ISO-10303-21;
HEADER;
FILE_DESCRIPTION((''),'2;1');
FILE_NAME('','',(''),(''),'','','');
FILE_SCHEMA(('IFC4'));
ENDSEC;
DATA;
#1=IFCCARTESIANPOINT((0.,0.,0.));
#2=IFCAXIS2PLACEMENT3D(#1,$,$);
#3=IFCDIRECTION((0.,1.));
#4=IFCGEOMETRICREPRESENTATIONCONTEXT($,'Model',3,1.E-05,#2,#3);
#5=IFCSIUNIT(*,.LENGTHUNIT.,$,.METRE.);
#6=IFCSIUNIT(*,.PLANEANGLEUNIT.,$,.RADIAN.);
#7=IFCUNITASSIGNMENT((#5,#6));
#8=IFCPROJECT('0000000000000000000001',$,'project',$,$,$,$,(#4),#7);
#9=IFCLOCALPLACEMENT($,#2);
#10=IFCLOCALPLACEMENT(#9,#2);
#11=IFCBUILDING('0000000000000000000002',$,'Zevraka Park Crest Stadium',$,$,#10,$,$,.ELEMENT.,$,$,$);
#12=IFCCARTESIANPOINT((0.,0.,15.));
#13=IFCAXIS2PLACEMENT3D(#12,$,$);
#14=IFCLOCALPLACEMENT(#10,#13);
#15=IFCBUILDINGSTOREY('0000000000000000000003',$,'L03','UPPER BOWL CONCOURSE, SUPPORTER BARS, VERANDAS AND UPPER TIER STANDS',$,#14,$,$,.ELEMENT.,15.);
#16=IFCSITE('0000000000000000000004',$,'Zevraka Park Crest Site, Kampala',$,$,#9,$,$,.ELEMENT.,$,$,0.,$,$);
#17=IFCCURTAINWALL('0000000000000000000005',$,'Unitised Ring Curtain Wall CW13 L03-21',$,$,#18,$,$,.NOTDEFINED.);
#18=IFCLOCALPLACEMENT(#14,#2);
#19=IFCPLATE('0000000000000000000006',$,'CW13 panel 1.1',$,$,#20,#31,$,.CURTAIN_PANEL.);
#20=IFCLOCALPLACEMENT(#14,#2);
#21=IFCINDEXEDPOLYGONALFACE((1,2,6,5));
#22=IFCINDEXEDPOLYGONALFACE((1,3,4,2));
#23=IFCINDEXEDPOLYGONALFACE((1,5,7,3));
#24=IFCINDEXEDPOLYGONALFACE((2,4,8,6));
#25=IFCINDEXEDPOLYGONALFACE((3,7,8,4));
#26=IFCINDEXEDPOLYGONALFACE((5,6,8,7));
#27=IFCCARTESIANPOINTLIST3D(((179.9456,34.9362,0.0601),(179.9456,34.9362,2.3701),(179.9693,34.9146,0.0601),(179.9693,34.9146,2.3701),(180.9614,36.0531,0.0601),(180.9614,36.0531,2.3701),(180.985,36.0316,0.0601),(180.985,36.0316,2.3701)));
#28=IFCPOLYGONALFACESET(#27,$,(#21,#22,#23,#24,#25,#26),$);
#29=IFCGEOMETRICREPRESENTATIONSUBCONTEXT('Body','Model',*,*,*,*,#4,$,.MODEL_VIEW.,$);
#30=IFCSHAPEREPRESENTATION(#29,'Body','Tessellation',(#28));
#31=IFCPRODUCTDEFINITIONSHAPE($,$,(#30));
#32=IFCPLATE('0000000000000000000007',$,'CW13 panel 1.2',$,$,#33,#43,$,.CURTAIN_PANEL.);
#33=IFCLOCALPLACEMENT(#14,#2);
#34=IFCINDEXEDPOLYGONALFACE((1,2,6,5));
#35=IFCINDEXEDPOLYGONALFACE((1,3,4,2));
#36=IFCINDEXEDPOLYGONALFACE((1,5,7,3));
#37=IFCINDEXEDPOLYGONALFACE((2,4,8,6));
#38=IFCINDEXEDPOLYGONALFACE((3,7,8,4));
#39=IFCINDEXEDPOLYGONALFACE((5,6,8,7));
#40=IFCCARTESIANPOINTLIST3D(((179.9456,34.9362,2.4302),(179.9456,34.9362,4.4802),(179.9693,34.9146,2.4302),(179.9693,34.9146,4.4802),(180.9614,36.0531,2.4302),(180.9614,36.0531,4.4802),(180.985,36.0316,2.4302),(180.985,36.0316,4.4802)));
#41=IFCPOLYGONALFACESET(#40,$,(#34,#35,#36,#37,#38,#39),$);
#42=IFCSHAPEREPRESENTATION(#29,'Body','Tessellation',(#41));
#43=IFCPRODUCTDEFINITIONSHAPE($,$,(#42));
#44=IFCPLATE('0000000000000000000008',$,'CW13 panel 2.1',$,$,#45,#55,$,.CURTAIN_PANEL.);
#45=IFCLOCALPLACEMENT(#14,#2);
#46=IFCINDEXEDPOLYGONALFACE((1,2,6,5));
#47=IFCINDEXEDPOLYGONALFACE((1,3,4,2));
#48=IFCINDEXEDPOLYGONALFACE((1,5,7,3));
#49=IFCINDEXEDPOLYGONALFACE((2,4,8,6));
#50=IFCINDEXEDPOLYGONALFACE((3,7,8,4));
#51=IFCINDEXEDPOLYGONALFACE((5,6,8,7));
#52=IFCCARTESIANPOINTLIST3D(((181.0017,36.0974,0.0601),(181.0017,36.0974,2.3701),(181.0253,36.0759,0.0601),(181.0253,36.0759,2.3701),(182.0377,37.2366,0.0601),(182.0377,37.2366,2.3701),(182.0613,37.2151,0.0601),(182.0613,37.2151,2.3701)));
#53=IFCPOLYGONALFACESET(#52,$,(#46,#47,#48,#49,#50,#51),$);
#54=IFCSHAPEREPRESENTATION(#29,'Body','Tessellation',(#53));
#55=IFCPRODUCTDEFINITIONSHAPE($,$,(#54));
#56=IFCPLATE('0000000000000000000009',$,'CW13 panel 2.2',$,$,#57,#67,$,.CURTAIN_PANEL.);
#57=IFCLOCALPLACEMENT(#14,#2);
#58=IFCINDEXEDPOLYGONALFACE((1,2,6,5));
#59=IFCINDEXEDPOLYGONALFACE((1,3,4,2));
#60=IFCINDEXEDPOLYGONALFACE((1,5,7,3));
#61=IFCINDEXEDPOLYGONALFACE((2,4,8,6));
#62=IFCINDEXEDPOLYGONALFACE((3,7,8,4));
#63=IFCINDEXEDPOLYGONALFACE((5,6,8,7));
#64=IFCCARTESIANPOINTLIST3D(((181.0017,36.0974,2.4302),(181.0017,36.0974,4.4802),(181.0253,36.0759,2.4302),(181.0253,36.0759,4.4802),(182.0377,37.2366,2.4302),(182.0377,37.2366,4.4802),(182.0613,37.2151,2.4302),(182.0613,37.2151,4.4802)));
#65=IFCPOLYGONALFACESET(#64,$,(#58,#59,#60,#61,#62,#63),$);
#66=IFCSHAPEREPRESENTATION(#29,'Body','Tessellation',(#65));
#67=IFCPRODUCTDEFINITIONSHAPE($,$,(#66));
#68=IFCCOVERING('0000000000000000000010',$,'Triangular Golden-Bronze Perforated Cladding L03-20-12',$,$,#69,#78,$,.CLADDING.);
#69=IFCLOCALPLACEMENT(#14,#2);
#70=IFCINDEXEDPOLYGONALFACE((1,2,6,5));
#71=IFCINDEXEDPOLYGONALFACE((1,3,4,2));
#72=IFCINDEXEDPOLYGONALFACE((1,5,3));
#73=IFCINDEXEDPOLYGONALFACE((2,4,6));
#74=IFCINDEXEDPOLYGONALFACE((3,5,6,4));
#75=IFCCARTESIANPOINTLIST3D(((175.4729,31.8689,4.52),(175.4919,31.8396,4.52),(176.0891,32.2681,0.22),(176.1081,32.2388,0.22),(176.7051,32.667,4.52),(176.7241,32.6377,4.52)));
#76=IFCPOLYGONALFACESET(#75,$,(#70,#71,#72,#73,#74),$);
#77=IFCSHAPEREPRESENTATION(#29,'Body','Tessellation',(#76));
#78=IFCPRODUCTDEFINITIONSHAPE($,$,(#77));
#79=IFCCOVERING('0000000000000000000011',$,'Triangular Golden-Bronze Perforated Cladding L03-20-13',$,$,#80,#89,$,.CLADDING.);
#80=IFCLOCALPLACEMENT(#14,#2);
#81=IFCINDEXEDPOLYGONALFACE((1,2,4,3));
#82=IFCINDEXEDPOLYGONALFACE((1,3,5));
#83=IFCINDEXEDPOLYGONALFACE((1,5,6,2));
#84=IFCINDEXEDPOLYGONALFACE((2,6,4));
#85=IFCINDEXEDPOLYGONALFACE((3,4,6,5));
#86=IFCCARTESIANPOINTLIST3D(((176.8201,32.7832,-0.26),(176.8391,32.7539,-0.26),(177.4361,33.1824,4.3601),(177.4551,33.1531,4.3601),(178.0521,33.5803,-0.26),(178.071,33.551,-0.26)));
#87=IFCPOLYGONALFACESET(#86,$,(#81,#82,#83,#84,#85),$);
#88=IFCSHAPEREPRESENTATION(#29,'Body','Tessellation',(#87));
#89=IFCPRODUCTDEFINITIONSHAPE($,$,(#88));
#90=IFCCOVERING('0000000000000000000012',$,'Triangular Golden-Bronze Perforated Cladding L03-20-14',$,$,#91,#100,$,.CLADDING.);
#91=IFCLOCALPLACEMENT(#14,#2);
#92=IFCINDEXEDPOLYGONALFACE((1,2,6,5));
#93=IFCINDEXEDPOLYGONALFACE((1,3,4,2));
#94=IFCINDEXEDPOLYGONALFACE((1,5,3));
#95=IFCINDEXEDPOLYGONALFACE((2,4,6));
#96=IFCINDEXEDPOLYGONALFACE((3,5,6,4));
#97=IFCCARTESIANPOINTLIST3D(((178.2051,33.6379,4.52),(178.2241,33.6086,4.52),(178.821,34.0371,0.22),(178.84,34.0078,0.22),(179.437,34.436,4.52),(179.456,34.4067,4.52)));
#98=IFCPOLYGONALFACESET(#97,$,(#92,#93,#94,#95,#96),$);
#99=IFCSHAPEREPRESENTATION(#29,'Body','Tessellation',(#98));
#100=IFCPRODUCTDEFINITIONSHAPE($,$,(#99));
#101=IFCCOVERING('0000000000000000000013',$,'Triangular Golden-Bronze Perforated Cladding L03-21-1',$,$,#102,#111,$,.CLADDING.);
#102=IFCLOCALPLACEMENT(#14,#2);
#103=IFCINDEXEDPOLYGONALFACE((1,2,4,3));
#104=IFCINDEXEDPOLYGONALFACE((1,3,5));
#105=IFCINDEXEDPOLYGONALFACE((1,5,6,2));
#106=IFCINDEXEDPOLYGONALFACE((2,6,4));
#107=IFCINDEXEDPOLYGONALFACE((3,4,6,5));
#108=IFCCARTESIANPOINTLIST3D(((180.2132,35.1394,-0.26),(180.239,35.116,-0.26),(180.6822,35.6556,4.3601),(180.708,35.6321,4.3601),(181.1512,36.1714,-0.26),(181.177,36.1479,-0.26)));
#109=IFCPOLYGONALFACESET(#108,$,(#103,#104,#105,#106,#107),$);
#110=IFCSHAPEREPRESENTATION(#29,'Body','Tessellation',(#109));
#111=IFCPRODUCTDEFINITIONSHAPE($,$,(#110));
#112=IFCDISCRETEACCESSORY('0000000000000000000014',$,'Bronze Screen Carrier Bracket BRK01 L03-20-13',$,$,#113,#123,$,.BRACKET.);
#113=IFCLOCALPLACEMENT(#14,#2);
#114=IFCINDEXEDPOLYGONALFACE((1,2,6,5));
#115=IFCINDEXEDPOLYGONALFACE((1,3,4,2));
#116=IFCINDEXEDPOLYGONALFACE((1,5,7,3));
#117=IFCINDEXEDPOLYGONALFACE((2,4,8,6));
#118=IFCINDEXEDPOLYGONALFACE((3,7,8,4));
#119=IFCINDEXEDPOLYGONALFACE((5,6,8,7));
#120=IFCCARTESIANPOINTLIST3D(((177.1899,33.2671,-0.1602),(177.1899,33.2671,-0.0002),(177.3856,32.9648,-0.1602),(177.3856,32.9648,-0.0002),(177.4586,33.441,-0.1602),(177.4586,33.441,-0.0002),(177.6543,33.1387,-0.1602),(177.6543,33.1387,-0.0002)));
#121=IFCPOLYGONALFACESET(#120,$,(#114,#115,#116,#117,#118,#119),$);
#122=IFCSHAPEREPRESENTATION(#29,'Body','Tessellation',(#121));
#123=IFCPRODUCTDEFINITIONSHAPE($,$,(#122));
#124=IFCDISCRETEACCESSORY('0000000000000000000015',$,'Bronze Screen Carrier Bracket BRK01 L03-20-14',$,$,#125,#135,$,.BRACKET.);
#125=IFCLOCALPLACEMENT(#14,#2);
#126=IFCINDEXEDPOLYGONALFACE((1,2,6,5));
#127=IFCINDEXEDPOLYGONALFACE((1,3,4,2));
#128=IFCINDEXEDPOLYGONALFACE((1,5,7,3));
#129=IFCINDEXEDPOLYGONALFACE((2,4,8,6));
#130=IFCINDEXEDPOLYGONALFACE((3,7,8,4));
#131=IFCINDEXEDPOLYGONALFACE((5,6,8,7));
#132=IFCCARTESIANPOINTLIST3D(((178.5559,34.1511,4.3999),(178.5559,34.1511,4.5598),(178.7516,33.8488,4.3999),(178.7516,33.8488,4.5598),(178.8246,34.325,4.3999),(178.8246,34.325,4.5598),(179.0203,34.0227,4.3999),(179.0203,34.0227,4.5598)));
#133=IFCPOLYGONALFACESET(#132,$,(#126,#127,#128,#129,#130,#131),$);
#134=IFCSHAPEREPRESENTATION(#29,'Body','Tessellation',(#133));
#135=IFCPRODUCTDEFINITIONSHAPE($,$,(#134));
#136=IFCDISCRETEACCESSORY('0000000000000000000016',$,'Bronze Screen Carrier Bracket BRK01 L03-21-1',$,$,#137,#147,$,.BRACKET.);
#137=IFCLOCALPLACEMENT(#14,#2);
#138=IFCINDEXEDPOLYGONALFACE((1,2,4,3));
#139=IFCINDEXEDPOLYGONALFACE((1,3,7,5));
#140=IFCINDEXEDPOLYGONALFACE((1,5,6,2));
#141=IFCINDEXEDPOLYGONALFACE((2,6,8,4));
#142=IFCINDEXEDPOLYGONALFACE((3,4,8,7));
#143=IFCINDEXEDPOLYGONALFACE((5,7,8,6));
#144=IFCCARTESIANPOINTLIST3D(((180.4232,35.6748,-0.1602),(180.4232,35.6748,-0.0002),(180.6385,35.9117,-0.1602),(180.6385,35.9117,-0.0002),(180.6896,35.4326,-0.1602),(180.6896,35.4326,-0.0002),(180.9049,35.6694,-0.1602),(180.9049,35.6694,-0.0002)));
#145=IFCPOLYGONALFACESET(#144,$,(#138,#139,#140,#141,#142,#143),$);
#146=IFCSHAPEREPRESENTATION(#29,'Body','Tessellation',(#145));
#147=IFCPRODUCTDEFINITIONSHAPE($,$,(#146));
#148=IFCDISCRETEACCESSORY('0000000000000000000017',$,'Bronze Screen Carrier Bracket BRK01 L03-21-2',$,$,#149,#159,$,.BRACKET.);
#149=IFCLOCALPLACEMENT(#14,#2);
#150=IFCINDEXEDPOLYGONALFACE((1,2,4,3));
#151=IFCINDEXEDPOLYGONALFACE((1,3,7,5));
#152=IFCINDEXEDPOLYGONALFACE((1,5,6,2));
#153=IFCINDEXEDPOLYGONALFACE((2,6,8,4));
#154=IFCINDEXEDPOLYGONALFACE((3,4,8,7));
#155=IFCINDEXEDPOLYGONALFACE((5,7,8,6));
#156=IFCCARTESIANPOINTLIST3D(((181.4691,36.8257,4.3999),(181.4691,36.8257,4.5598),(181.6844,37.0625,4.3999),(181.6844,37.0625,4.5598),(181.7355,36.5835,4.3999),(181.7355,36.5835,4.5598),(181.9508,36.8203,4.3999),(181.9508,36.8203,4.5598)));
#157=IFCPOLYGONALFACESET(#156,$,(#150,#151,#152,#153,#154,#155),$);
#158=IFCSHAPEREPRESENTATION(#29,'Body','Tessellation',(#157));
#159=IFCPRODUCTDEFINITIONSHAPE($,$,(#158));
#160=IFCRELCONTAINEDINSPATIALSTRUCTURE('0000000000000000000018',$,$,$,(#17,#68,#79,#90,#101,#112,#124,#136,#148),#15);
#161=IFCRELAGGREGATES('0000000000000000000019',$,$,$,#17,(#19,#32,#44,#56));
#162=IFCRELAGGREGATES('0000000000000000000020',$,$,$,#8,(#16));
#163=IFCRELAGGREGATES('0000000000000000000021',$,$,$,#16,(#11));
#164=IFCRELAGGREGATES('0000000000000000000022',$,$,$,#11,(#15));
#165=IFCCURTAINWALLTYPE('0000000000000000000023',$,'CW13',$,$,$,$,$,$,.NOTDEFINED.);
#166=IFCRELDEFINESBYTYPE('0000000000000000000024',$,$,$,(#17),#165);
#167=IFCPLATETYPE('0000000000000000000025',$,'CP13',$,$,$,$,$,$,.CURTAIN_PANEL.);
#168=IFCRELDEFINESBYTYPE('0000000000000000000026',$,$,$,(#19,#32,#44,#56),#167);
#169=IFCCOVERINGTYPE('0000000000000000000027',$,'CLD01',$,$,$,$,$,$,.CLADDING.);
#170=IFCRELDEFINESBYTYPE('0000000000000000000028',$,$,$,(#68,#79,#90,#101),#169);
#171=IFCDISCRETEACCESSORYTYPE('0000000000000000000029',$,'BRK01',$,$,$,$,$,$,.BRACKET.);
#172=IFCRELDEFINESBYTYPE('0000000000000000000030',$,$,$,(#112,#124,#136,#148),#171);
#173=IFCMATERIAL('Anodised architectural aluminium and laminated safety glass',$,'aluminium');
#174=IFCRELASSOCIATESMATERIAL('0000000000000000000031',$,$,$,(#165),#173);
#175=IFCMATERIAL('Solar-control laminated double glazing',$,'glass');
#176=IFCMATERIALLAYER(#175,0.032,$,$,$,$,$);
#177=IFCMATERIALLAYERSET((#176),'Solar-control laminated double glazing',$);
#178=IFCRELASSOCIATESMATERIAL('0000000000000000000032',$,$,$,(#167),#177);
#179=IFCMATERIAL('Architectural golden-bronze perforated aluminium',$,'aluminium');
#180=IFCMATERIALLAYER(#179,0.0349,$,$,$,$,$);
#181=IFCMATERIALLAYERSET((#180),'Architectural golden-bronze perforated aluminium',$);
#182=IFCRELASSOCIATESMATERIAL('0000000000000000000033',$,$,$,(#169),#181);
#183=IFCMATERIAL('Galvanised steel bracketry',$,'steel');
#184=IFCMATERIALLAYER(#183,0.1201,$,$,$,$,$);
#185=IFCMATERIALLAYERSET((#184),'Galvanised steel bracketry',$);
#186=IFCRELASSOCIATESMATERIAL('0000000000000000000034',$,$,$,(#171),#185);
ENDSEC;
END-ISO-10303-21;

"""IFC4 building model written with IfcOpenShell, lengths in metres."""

from ifc_helpers import new_model, si_unit, direction, frame, origin, origin_2d, place, context, subcontext, project, spatial, polyline, rectangle, outline, extrude, material, layer, layer_set, type_object, element, aggregate, save


model = new_model("IFC4")

# Units and contexts
model_context = context("Model", 3, precision=1e-05, world=origin(), true_north=direction((0.0, 1.0)))
body_context = subcontext(model_context, "Body", "Model", "MODEL_VIEW")
ifc_project = project(units=[si_unit("LENGTHUNIT", "METRE"), si_unit("PLANEANGLEUNIT", "RADIAN")], contexts=[model_context])

# Site, building, storey
site_placement = place(None, origin())
site = spatial("IfcSite", under=ifc_project, at=site_placement, Name="Zevraka Park Crest Site, Kampala", CompositionType="ELEMENT", RefElevation=0.0)
building_placement = place(site_placement, origin())
building = spatial("IfcBuilding", under=site, at=building_placement, Name="Zevraka Park Crest Stadium", CompositionType="ELEMENT")
storey_placement = place(building_placement, frame((0.0, 0.0, 15.0)))
storey = spatial("IfcBuildingStorey", under=building, at=storey_placement, Name="L03", Description="UPPER BOWL CONCOURSE, SUPPORTER BARS, VERANDAS AND UPPER TIER STANDS", CompositionType="ELEMENT", Elevation=15.0)

# Curtain wall
ifc_material_1 = material(Name="Anodised architectural aluminium and laminated safety glass", Category="aluminium")
curtain_wall_type = type_object("IfcCurtainWallType", Name="CW13", PredefinedType="NOTDEFINED", material=ifc_material_1)
curtain_wall_1_placement = place(storey_placement, origin())
curtain_wall_1 = element("IfcCurtainWall", 1, at=curtain_wall_1_placement, inside=storey, type_object=curtain_wall_type, Name="Unitised Ring Curtain Wall CW13 L03-21", PredefinedType="NOTDEFINED")

# Plates
ifc_material_2 = material(Name="Solar-control laminated double glazing", Category="glass")
ifc_layer_1 = layer(ifc_material_2, 0.032)
ifc_layer_set_1 = layer_set([ifc_layer_1], Name="Solar-control laminated double glazing")
plate_type = type_object("IfcPlateType", Name="CP13", PredefinedType="CURTAIN_PANEL", material=ifc_layer_set_1)
plate_1_placement = place(storey_placement, frame((180.4653, 35.4839, 0.0601), z_axis=(0.0, 0.0, 1.0), x_axis=(0.672802, 0.739823, 0.0)))
plate_1 = element("IfcPlate", 2, at=plate_1_placement, type_object=plate_type, Name="CW13 panel 1.1", PredefinedType="CURTAIN_PANEL", context=body_context, shape_type="SweptSolid", body=[
    extrude(rectangle(XDim=1.5098, YDim=0.032, at=origin_2d()), origin(), (0.0, 0.0, 1.0), 2.3101),
])
plate_2_placement = place(storey_placement, frame((180.4653, 35.4839, 2.4302), z_axis=(0.0, 0.0, 1.0), x_axis=(0.672802, 0.739823, 0.0)))
plate_2 = element("IfcPlate", 3, at=plate_2_placement, type_object=plate_type, Name="CW13 panel 1.2", PredefinedType="CURTAIN_PANEL", context=body_context, shape_type="SweptSolid", body=[
    extrude(rectangle(XDim=1.5098, YDim=0.032, at=origin_2d()), origin(), (0.0, 0.0, 1.0), 2.05),
])
plate_3_placement = place(storey_placement, frame((181.5315, 36.6562, 0.0601), z_axis=(0.0, 0.0, 1.0), x_axis=(0.672802, 0.739823, 0.0)))
plate_3 = element("IfcPlate", 4, at=plate_3_placement, type_object=plate_type, Name="CW13 panel 2.1", PredefinedType="CURTAIN_PANEL", context=body_context, shape_type="SweptSolid", body=[
    extrude(rectangle(XDim=1.5398, YDim=0.032, at=origin_2d()), origin(), (0.0, 0.0, 1.0), 2.3101),
])
plate_4_placement = place(storey_placement, frame((181.5315, 36.6562, 2.4302), z_axis=(0.0, 0.0, 1.0), x_axis=(0.672802, 0.739823, 0.0)))
plate_4 = element("IfcPlate", 5, at=plate_4_placement, type_object=plate_type, Name="CW13 panel 2.2", PredefinedType="CURTAIN_PANEL", context=body_context, shape_type="SweptSolid", body=[
    extrude(rectangle(XDim=1.5398, YDim=0.032, at=origin_2d()), origin(), (0.0, 0.0, 1.0), 2.05),
])
aggregate(curtain_wall_1, [plate_1, plate_2, plate_3, plate_4])

# Coverings
ifc_material_3 = material(Name="Architectural golden-bronze perforated aluminium", Category="aluminium")
ifc_layer_2 = layer(ifc_material_3, 0.0349)
ifc_layer_set_2 = layer_set([ifc_layer_2], Name="Architectural golden-bronze perforated aluminium")
covering_type = type_object("IfcCoveringType", Name="CLD01", PredefinedType="CLADDING", material=ifc_layer_set_2)
covering_1_placement = place(storey_placement, frame((176.7051, 32.667, 4.52), z_axis=(-0.543637, 0.83932, 0.000008), x_axis=(-0.83932, -0.543637, 0.0)))
element("IfcCovering", 6, at=covering_1_placement, inside=storey, type_object=covering_type, Name="Triangular Golden-Bronze Perforated Cladding L03-20-12", PredefinedType="CLADDING", context=body_context, shape_type="SweptSolid", body=[
    extrude(outline(polyline([(0.0, 0.0), (1.4681, 0.0), (0.7339, -4.3), (0.0, 0.0)])), origin(), (0.0, 0.0, -1.0), 0.0349),
])
covering_2_placement = place(storey_placement, frame((176.8391, 32.7539, -0.26), z_axis=(0.543244, -0.839575, 0.000111), x_axis=(0.839575, 0.543244, 0.0)))
element("IfcCovering", 7, at=covering_2_placement, inside=storey, type_object=covering_type, Name="Triangular Golden-Bronze Perforated Cladding L03-20-13", PredefinedType="CLADDING", context=body_context, shape_type="SweptSolid", body=[
    extrude(outline(polyline([(0.0, 0.0), (1.4673, 0.0), (0.734, 4.6201), (0.0, 0.0)])), origin(), (0.0, 0.0, -1.0), 0.0349),
])
covering_3_placement = place(storey_placement, frame((179.437, 34.436, 4.52), z_axis=(-0.543713, 0.839271, 0.000024), x_axis=(-0.839271, -0.543713, 0.0)))
element("IfcCovering", 8, at=covering_3_placement, inside=storey, type_object=covering_type, Name="Triangular Golden-Bronze Perforated Cladding L03-20-14", PredefinedType="CLADDING", context=body_context, shape_type="SweptSolid", body=[
    extrude(outline(polyline([(0.0, 0.0), (1.4679, 0.0), (0.7339, -4.3), (0.0, 0.0)])), origin(), (0.0, 0.0, -1.0), 0.0349),
])
covering_4_placement = place(storey_placement, frame((180.239, 35.116, -0.26), z_axis=(0.740003, -0.672603, 0.000018), x_axis=(0.672603, 0.740003, 0.0)))
element("IfcCovering", 9, at=covering_4_placement, inside=storey, type_object=covering_type, Name="Triangular Golden-Bronze Perforated Cladding L03-21-1", PredefinedType="CLADDING", context=body_context, shape_type="SweptSolid", body=[
    extrude(outline(polyline([(0.0, 0.0), (1.3946, 0.0), (0.6974, 4.6201), (0.0, 0.0)])), origin(), (0.0, 0.0, -1.0), 0.0349),
])

# Discrete accessories
ifc_material_4 = material(Name="Galvanised steel bracketry", Category="steel")
ifc_layer_3 = layer(ifc_material_4, 0.1201)
ifc_layer_set_3 = layer_set([ifc_layer_3], Name="Galvanised steel bracketry")
discrete_accessory_type = type_object("IfcDiscreteAccessoryType", Name="BRK01", PredefinedType="BRACKET", material=ifc_layer_set_3)
for number, where, z_axis, x_axis, name in (
    (10, (177.4221, 33.2029, -0.1602), (0.0, 0.0, 1.0), (0.83943, 0.543467, 0.0), "Bronze Screen Carrier Bracket BRK01 L03-20-13"),
    (11, (178.7881, 34.0869, 4.3999), (0.0, 0.0, 1.0), (0.83943, 0.543467, 0.0), "Bronze Screen Carrier Bracket BRK01 L03-20-14"),
    (12, (180.6641, 35.6721, -0.1602), (0.0, 0.0, 1.0), (0.672754, 0.739866, 0.0), "Bronze Screen Carrier Bracket BRK01 L03-21-1"),
    (13, (181.71, 36.823, 4.3999), (0.0, 0.0, 1.0), (0.672754, 0.739866, 0.0), "Bronze Screen Carrier Bracket BRK01 L03-21-2"),
):
    element("IfcDiscreteAccessory", number, at=place(storey_placement, frame(where, z_axis=z_axis, x_axis=x_axis)), inside=storey, type_object=discrete_accessory_type, Name=name, PredefinedType="BRACKET", context=body_context, shape_type="SweptSolid", body=[
        extrude(rectangle(XDim=0.3201, YDim=0.3601, at=origin_2d()), origin(), (0.0, 0.0, 1.0), 0.1599),
    ])

save(model, "model.ifc")
